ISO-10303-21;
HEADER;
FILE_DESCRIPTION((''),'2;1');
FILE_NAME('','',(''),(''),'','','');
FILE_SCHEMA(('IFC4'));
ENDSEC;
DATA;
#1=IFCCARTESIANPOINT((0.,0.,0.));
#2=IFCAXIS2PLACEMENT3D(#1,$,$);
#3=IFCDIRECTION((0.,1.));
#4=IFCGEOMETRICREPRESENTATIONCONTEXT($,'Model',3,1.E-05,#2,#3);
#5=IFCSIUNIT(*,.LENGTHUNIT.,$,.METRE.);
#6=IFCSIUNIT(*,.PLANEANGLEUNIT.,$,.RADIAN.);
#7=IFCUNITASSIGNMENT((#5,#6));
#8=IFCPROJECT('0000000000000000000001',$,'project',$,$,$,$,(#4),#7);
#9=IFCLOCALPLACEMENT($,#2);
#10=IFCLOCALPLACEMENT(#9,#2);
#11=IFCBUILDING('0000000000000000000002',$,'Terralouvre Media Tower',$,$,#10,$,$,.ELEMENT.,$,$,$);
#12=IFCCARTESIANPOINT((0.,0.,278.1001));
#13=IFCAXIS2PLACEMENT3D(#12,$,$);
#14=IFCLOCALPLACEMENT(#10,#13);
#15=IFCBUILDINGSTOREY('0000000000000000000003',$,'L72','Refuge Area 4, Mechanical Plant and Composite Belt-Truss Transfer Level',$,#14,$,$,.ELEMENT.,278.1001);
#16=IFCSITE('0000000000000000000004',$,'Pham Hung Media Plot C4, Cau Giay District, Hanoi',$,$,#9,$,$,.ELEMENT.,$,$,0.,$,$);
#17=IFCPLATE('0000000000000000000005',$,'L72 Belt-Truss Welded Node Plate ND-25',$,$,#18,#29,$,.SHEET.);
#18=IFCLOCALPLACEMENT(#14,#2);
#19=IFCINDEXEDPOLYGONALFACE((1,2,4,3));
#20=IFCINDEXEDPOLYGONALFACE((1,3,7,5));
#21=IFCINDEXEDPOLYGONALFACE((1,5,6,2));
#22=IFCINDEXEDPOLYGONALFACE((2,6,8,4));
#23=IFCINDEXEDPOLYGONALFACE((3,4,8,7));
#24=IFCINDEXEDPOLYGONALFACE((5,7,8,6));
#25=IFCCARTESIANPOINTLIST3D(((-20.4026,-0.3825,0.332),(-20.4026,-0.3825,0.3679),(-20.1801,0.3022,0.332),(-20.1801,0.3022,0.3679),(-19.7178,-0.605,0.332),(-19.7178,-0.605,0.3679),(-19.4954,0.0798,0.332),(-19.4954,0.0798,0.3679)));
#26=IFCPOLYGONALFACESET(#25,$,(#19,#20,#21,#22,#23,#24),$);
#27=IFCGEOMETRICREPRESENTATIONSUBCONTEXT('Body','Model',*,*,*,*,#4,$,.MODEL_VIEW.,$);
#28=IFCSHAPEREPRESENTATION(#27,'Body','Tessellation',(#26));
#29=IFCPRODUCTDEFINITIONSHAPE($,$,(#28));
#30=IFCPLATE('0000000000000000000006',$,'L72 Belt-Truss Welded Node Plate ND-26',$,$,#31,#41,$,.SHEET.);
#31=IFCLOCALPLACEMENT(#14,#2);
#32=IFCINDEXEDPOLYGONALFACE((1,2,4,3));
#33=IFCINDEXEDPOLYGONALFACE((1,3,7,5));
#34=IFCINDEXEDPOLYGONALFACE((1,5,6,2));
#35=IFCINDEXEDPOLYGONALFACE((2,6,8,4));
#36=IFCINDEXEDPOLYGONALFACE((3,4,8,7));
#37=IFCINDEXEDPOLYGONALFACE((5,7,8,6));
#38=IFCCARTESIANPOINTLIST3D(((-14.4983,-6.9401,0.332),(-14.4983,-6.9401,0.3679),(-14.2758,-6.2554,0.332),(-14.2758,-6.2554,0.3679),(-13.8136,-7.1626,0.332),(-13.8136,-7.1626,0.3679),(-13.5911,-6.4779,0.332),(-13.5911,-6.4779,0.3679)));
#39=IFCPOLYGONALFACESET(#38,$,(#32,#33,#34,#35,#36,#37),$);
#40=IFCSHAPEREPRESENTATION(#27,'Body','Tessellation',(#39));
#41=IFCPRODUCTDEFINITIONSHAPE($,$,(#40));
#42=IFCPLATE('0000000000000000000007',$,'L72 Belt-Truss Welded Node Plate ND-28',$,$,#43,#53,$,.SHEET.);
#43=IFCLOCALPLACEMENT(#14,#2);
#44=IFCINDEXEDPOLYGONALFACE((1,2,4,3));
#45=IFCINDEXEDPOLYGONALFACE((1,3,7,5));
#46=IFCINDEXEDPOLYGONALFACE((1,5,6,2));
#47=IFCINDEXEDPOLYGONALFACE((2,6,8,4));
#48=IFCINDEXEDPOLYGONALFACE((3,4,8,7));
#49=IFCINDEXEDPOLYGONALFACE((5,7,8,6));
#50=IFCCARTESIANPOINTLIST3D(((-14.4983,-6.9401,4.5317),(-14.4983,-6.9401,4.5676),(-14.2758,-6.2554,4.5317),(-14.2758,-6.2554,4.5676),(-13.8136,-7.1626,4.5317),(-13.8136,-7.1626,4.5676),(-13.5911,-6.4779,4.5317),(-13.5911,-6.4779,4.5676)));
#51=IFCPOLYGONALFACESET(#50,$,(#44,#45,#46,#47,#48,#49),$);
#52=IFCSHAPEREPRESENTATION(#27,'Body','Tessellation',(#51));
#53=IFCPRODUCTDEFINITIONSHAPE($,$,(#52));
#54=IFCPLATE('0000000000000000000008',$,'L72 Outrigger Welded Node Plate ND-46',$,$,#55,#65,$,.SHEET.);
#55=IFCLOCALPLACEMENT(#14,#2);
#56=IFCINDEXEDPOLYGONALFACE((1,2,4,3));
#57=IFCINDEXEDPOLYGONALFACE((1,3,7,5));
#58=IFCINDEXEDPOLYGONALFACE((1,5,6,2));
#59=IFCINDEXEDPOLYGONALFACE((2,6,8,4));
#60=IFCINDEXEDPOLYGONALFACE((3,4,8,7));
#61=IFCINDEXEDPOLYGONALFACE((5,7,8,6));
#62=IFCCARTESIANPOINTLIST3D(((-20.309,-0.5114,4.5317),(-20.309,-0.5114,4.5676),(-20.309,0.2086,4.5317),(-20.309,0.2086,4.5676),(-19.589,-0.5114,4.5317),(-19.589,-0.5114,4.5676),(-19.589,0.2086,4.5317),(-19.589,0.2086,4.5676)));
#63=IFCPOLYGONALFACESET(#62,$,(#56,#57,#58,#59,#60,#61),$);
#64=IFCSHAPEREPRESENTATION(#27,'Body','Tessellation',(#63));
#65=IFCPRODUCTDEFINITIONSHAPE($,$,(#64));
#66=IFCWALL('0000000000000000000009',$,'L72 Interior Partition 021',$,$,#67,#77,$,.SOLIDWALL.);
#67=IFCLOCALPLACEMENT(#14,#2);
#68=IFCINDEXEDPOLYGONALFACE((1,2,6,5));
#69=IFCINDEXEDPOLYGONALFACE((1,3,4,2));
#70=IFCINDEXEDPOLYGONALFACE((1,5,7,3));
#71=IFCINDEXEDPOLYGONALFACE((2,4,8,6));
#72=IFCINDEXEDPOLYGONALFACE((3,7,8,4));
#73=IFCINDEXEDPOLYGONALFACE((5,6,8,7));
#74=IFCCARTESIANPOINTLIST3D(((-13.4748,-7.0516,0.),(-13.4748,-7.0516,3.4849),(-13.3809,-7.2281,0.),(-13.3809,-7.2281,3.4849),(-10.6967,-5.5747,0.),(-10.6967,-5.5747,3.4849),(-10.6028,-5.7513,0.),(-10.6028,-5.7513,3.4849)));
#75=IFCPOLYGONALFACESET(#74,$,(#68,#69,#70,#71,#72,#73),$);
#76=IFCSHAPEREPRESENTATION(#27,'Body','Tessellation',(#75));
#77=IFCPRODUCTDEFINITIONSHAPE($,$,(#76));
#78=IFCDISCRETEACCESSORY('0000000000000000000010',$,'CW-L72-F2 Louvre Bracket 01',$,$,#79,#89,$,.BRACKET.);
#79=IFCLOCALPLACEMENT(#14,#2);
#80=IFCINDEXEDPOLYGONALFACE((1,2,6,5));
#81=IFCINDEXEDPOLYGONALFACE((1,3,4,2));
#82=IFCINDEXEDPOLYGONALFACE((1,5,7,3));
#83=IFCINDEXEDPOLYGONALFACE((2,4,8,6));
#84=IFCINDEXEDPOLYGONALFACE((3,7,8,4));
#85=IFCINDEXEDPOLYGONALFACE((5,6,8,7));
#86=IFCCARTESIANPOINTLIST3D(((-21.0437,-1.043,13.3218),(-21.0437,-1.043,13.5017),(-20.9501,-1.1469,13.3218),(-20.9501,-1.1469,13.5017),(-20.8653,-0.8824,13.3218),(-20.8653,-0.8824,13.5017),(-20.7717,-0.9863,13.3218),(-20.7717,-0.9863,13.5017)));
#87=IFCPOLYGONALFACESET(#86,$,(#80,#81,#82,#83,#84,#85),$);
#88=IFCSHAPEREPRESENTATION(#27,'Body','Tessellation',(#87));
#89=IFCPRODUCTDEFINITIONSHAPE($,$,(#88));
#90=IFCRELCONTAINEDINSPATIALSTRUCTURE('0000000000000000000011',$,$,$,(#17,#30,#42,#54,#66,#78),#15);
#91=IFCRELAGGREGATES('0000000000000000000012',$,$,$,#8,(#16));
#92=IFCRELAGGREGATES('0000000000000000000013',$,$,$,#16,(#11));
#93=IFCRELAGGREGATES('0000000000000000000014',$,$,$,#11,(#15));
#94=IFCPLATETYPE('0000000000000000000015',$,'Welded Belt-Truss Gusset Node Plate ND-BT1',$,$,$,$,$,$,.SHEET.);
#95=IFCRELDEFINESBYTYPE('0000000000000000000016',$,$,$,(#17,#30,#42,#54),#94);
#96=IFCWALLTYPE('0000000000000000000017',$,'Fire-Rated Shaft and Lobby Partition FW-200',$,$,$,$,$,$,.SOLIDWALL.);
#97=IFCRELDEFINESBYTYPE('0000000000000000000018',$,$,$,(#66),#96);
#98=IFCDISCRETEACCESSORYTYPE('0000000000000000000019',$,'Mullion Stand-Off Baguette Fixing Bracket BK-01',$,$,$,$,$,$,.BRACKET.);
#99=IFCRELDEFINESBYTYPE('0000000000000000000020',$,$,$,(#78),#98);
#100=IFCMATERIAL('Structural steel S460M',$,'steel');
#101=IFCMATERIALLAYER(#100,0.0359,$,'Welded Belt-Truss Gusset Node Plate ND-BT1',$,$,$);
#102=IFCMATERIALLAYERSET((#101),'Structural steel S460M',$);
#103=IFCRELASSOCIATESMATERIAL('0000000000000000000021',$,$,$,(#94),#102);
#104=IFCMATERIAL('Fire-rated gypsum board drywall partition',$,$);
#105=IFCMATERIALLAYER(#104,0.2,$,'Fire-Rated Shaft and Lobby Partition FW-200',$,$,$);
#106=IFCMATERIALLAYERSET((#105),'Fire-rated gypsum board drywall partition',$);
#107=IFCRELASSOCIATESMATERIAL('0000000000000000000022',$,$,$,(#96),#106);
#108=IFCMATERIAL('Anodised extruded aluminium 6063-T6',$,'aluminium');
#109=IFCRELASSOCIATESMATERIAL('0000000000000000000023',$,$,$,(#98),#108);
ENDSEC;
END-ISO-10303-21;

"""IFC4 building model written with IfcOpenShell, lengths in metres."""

from ifc_helpers import new_model, si_unit, direction, frame, frame_2d, origin, origin_2d, place, context, subcontext, project, spatial, rectangle, extrude, material, layer, layer_set, type_object, element, save


model = new_model("IFC4")

# Units and contexts
model_context = context("Model", 3, precision=1e-05, world=origin(), true_north=direction((0.0, 1.0)))
body_context = subcontext(model_context, "Body", "Model", "MODEL_VIEW")
ifc_project = project(units=[si_unit("LENGTHUNIT", "METRE"), si_unit("PLANEANGLEUNIT", "RADIAN")], contexts=[model_context])

# Site, building, storey
site_placement = place(None, origin())
site = spatial("IfcSite", under=ifc_project, at=site_placement, Name="Pham Hung Media Plot C4, Cau Giay District, Hanoi", CompositionType="ELEMENT", RefElevation=0.0)
building_placement = place(site_placement, origin())
building = spatial("IfcBuilding", under=site, at=building_placement, Name="Terralouvre Media Tower", CompositionType="ELEMENT")
storey_placement = place(building_placement, frame((0.0, 0.0, 278.1001)))
storey = spatial("IfcBuildingStorey", under=building, at=storey_placement, Name="L72", Description="Refuge Area 4, Mechanical Plant and Composite Belt-Truss Transfer Level", CompositionType="ELEMENT", Elevation=278.1001)

# Plates
ifc_material_1 = material(Name="Structural steel S460M", Category="steel")
ifc_layer_1 = layer(ifc_material_1, 0.0359, Name="Welded Belt-Truss Gusset Node Plate ND-BT1")
ifc_layer_set_1 = layer_set([ifc_layer_1], Name="Structural steel S460M")
plate_type_1 = type_object("IfcPlateType", Name="Welded Belt-Truss Gusset Node Plate ND-BT1", PredefinedType="SHEET", material=ifc_layer_set_1)
for number, where, z_axis, x_axis, name in (
    (1, (-19.949, -0.1514, 0.332), (0.0, 0.0, 1.0), (0.309017, 0.951057, 0.0), "L72 Belt-Truss Welded Node Plate ND-25"),
    (2, (-14.0447, -6.709, 0.332), (0.0, 0.0, 1.0), (0.309017, 0.951057, 0.0), "L72 Belt-Truss Welded Node Plate ND-26"),
    (3, (-14.0447, -6.709, 4.5317), (0.0, 0.0, 1.0), (0.309017, 0.951057, 0.0), "L72 Belt-Truss Welded Node Plate ND-28"),
    (4, (-19.949, -0.1514, 4.5317), (0.0, 0.0, 1.0), (1.0, 0.0, 0.0), "L72 Outrigger Welded Node Plate ND-46"),
):
    element("IfcPlate", number, at=place(storey_placement, frame(where, z_axis=z_axis, x_axis=x_axis)), inside=storey, type_object=plate_type_1, Name=name, PredefinedType="SHEET", context=body_context, shape_type="SweptSolid", body=[
        extrude(rectangle(XDim=0.72, YDim=0.72, at=origin_2d()), origin(), (0.0, 0.0, 1.0), 0.0359),
    ])

# Wall
ifc_material_2 = material(Name="Fire-rated gypsum board drywall partition")
ifc_layer_2 = layer(ifc_material_2, 0.2, Name="Fire-Rated Shaft and Lobby Partition FW-200")
ifc_layer_set_2 = layer_set([ifc_layer_2], Name="Fire-rated gypsum board drywall partition")
wall_type = type_object("IfcWallType", Name="Fire-Rated Shaft and Lobby Partition FW-200", PredefinedType="SOLIDWALL", material=ifc_layer_set_2)
wall_placement = place(storey_placement, frame((-13.428, -7.1399, 0.0), z_axis=(0.0, 0.0, 1.0), x_axis=(0.88299, 0.469392, 0.0)))
element("IfcWall", 5, at=wall_placement, inside=storey, type_object=wall_type, Name="L72 Interior Partition 021", PredefinedType="SOLIDWALL", context=body_context, shape_type="SweptSolid", body=[
    extrude(rectangle(XDim=3.1462, YDim=0.2, at=frame_2d((1.5732, 0.0))), origin(), (0.0, 0.0, 1.0), 3.4849),
])

# Discrete accessory
ifc_material_3 = material(Name="Anodised extruded aluminium 6063-T6", Category="aluminium")
discrete_accessory_type = type_object("IfcDiscreteAccessoryType", Name="Mullion Stand-Off Baguette Fixing Bracket BK-01", PredefinedType="BRACKET", material=ifc_material_3)
discrete_accessory_placement = place(storey_placement, frame((-20.9077, -1.0146, 13.3218), z_axis=(0.0, 0.0, 1.0), x_axis=(0.669131, -0.743145, 0.0)))
element("IfcDiscreteAccessory", 6, at=discrete_accessory_placement, inside=storey, type_object=discrete_accessory_type, Name="CW-L72-F2 Louvre Bracket 01", PredefinedType="BRACKET", context=body_context, shape_type="SweptSolid", body=[
    extrude(rectangle(XDim=0.1399, YDim=0.24, at=origin_2d()), origin(), (0.0, 0.0, 1.0), 0.1799),
])

save(model, "model.ifc")
